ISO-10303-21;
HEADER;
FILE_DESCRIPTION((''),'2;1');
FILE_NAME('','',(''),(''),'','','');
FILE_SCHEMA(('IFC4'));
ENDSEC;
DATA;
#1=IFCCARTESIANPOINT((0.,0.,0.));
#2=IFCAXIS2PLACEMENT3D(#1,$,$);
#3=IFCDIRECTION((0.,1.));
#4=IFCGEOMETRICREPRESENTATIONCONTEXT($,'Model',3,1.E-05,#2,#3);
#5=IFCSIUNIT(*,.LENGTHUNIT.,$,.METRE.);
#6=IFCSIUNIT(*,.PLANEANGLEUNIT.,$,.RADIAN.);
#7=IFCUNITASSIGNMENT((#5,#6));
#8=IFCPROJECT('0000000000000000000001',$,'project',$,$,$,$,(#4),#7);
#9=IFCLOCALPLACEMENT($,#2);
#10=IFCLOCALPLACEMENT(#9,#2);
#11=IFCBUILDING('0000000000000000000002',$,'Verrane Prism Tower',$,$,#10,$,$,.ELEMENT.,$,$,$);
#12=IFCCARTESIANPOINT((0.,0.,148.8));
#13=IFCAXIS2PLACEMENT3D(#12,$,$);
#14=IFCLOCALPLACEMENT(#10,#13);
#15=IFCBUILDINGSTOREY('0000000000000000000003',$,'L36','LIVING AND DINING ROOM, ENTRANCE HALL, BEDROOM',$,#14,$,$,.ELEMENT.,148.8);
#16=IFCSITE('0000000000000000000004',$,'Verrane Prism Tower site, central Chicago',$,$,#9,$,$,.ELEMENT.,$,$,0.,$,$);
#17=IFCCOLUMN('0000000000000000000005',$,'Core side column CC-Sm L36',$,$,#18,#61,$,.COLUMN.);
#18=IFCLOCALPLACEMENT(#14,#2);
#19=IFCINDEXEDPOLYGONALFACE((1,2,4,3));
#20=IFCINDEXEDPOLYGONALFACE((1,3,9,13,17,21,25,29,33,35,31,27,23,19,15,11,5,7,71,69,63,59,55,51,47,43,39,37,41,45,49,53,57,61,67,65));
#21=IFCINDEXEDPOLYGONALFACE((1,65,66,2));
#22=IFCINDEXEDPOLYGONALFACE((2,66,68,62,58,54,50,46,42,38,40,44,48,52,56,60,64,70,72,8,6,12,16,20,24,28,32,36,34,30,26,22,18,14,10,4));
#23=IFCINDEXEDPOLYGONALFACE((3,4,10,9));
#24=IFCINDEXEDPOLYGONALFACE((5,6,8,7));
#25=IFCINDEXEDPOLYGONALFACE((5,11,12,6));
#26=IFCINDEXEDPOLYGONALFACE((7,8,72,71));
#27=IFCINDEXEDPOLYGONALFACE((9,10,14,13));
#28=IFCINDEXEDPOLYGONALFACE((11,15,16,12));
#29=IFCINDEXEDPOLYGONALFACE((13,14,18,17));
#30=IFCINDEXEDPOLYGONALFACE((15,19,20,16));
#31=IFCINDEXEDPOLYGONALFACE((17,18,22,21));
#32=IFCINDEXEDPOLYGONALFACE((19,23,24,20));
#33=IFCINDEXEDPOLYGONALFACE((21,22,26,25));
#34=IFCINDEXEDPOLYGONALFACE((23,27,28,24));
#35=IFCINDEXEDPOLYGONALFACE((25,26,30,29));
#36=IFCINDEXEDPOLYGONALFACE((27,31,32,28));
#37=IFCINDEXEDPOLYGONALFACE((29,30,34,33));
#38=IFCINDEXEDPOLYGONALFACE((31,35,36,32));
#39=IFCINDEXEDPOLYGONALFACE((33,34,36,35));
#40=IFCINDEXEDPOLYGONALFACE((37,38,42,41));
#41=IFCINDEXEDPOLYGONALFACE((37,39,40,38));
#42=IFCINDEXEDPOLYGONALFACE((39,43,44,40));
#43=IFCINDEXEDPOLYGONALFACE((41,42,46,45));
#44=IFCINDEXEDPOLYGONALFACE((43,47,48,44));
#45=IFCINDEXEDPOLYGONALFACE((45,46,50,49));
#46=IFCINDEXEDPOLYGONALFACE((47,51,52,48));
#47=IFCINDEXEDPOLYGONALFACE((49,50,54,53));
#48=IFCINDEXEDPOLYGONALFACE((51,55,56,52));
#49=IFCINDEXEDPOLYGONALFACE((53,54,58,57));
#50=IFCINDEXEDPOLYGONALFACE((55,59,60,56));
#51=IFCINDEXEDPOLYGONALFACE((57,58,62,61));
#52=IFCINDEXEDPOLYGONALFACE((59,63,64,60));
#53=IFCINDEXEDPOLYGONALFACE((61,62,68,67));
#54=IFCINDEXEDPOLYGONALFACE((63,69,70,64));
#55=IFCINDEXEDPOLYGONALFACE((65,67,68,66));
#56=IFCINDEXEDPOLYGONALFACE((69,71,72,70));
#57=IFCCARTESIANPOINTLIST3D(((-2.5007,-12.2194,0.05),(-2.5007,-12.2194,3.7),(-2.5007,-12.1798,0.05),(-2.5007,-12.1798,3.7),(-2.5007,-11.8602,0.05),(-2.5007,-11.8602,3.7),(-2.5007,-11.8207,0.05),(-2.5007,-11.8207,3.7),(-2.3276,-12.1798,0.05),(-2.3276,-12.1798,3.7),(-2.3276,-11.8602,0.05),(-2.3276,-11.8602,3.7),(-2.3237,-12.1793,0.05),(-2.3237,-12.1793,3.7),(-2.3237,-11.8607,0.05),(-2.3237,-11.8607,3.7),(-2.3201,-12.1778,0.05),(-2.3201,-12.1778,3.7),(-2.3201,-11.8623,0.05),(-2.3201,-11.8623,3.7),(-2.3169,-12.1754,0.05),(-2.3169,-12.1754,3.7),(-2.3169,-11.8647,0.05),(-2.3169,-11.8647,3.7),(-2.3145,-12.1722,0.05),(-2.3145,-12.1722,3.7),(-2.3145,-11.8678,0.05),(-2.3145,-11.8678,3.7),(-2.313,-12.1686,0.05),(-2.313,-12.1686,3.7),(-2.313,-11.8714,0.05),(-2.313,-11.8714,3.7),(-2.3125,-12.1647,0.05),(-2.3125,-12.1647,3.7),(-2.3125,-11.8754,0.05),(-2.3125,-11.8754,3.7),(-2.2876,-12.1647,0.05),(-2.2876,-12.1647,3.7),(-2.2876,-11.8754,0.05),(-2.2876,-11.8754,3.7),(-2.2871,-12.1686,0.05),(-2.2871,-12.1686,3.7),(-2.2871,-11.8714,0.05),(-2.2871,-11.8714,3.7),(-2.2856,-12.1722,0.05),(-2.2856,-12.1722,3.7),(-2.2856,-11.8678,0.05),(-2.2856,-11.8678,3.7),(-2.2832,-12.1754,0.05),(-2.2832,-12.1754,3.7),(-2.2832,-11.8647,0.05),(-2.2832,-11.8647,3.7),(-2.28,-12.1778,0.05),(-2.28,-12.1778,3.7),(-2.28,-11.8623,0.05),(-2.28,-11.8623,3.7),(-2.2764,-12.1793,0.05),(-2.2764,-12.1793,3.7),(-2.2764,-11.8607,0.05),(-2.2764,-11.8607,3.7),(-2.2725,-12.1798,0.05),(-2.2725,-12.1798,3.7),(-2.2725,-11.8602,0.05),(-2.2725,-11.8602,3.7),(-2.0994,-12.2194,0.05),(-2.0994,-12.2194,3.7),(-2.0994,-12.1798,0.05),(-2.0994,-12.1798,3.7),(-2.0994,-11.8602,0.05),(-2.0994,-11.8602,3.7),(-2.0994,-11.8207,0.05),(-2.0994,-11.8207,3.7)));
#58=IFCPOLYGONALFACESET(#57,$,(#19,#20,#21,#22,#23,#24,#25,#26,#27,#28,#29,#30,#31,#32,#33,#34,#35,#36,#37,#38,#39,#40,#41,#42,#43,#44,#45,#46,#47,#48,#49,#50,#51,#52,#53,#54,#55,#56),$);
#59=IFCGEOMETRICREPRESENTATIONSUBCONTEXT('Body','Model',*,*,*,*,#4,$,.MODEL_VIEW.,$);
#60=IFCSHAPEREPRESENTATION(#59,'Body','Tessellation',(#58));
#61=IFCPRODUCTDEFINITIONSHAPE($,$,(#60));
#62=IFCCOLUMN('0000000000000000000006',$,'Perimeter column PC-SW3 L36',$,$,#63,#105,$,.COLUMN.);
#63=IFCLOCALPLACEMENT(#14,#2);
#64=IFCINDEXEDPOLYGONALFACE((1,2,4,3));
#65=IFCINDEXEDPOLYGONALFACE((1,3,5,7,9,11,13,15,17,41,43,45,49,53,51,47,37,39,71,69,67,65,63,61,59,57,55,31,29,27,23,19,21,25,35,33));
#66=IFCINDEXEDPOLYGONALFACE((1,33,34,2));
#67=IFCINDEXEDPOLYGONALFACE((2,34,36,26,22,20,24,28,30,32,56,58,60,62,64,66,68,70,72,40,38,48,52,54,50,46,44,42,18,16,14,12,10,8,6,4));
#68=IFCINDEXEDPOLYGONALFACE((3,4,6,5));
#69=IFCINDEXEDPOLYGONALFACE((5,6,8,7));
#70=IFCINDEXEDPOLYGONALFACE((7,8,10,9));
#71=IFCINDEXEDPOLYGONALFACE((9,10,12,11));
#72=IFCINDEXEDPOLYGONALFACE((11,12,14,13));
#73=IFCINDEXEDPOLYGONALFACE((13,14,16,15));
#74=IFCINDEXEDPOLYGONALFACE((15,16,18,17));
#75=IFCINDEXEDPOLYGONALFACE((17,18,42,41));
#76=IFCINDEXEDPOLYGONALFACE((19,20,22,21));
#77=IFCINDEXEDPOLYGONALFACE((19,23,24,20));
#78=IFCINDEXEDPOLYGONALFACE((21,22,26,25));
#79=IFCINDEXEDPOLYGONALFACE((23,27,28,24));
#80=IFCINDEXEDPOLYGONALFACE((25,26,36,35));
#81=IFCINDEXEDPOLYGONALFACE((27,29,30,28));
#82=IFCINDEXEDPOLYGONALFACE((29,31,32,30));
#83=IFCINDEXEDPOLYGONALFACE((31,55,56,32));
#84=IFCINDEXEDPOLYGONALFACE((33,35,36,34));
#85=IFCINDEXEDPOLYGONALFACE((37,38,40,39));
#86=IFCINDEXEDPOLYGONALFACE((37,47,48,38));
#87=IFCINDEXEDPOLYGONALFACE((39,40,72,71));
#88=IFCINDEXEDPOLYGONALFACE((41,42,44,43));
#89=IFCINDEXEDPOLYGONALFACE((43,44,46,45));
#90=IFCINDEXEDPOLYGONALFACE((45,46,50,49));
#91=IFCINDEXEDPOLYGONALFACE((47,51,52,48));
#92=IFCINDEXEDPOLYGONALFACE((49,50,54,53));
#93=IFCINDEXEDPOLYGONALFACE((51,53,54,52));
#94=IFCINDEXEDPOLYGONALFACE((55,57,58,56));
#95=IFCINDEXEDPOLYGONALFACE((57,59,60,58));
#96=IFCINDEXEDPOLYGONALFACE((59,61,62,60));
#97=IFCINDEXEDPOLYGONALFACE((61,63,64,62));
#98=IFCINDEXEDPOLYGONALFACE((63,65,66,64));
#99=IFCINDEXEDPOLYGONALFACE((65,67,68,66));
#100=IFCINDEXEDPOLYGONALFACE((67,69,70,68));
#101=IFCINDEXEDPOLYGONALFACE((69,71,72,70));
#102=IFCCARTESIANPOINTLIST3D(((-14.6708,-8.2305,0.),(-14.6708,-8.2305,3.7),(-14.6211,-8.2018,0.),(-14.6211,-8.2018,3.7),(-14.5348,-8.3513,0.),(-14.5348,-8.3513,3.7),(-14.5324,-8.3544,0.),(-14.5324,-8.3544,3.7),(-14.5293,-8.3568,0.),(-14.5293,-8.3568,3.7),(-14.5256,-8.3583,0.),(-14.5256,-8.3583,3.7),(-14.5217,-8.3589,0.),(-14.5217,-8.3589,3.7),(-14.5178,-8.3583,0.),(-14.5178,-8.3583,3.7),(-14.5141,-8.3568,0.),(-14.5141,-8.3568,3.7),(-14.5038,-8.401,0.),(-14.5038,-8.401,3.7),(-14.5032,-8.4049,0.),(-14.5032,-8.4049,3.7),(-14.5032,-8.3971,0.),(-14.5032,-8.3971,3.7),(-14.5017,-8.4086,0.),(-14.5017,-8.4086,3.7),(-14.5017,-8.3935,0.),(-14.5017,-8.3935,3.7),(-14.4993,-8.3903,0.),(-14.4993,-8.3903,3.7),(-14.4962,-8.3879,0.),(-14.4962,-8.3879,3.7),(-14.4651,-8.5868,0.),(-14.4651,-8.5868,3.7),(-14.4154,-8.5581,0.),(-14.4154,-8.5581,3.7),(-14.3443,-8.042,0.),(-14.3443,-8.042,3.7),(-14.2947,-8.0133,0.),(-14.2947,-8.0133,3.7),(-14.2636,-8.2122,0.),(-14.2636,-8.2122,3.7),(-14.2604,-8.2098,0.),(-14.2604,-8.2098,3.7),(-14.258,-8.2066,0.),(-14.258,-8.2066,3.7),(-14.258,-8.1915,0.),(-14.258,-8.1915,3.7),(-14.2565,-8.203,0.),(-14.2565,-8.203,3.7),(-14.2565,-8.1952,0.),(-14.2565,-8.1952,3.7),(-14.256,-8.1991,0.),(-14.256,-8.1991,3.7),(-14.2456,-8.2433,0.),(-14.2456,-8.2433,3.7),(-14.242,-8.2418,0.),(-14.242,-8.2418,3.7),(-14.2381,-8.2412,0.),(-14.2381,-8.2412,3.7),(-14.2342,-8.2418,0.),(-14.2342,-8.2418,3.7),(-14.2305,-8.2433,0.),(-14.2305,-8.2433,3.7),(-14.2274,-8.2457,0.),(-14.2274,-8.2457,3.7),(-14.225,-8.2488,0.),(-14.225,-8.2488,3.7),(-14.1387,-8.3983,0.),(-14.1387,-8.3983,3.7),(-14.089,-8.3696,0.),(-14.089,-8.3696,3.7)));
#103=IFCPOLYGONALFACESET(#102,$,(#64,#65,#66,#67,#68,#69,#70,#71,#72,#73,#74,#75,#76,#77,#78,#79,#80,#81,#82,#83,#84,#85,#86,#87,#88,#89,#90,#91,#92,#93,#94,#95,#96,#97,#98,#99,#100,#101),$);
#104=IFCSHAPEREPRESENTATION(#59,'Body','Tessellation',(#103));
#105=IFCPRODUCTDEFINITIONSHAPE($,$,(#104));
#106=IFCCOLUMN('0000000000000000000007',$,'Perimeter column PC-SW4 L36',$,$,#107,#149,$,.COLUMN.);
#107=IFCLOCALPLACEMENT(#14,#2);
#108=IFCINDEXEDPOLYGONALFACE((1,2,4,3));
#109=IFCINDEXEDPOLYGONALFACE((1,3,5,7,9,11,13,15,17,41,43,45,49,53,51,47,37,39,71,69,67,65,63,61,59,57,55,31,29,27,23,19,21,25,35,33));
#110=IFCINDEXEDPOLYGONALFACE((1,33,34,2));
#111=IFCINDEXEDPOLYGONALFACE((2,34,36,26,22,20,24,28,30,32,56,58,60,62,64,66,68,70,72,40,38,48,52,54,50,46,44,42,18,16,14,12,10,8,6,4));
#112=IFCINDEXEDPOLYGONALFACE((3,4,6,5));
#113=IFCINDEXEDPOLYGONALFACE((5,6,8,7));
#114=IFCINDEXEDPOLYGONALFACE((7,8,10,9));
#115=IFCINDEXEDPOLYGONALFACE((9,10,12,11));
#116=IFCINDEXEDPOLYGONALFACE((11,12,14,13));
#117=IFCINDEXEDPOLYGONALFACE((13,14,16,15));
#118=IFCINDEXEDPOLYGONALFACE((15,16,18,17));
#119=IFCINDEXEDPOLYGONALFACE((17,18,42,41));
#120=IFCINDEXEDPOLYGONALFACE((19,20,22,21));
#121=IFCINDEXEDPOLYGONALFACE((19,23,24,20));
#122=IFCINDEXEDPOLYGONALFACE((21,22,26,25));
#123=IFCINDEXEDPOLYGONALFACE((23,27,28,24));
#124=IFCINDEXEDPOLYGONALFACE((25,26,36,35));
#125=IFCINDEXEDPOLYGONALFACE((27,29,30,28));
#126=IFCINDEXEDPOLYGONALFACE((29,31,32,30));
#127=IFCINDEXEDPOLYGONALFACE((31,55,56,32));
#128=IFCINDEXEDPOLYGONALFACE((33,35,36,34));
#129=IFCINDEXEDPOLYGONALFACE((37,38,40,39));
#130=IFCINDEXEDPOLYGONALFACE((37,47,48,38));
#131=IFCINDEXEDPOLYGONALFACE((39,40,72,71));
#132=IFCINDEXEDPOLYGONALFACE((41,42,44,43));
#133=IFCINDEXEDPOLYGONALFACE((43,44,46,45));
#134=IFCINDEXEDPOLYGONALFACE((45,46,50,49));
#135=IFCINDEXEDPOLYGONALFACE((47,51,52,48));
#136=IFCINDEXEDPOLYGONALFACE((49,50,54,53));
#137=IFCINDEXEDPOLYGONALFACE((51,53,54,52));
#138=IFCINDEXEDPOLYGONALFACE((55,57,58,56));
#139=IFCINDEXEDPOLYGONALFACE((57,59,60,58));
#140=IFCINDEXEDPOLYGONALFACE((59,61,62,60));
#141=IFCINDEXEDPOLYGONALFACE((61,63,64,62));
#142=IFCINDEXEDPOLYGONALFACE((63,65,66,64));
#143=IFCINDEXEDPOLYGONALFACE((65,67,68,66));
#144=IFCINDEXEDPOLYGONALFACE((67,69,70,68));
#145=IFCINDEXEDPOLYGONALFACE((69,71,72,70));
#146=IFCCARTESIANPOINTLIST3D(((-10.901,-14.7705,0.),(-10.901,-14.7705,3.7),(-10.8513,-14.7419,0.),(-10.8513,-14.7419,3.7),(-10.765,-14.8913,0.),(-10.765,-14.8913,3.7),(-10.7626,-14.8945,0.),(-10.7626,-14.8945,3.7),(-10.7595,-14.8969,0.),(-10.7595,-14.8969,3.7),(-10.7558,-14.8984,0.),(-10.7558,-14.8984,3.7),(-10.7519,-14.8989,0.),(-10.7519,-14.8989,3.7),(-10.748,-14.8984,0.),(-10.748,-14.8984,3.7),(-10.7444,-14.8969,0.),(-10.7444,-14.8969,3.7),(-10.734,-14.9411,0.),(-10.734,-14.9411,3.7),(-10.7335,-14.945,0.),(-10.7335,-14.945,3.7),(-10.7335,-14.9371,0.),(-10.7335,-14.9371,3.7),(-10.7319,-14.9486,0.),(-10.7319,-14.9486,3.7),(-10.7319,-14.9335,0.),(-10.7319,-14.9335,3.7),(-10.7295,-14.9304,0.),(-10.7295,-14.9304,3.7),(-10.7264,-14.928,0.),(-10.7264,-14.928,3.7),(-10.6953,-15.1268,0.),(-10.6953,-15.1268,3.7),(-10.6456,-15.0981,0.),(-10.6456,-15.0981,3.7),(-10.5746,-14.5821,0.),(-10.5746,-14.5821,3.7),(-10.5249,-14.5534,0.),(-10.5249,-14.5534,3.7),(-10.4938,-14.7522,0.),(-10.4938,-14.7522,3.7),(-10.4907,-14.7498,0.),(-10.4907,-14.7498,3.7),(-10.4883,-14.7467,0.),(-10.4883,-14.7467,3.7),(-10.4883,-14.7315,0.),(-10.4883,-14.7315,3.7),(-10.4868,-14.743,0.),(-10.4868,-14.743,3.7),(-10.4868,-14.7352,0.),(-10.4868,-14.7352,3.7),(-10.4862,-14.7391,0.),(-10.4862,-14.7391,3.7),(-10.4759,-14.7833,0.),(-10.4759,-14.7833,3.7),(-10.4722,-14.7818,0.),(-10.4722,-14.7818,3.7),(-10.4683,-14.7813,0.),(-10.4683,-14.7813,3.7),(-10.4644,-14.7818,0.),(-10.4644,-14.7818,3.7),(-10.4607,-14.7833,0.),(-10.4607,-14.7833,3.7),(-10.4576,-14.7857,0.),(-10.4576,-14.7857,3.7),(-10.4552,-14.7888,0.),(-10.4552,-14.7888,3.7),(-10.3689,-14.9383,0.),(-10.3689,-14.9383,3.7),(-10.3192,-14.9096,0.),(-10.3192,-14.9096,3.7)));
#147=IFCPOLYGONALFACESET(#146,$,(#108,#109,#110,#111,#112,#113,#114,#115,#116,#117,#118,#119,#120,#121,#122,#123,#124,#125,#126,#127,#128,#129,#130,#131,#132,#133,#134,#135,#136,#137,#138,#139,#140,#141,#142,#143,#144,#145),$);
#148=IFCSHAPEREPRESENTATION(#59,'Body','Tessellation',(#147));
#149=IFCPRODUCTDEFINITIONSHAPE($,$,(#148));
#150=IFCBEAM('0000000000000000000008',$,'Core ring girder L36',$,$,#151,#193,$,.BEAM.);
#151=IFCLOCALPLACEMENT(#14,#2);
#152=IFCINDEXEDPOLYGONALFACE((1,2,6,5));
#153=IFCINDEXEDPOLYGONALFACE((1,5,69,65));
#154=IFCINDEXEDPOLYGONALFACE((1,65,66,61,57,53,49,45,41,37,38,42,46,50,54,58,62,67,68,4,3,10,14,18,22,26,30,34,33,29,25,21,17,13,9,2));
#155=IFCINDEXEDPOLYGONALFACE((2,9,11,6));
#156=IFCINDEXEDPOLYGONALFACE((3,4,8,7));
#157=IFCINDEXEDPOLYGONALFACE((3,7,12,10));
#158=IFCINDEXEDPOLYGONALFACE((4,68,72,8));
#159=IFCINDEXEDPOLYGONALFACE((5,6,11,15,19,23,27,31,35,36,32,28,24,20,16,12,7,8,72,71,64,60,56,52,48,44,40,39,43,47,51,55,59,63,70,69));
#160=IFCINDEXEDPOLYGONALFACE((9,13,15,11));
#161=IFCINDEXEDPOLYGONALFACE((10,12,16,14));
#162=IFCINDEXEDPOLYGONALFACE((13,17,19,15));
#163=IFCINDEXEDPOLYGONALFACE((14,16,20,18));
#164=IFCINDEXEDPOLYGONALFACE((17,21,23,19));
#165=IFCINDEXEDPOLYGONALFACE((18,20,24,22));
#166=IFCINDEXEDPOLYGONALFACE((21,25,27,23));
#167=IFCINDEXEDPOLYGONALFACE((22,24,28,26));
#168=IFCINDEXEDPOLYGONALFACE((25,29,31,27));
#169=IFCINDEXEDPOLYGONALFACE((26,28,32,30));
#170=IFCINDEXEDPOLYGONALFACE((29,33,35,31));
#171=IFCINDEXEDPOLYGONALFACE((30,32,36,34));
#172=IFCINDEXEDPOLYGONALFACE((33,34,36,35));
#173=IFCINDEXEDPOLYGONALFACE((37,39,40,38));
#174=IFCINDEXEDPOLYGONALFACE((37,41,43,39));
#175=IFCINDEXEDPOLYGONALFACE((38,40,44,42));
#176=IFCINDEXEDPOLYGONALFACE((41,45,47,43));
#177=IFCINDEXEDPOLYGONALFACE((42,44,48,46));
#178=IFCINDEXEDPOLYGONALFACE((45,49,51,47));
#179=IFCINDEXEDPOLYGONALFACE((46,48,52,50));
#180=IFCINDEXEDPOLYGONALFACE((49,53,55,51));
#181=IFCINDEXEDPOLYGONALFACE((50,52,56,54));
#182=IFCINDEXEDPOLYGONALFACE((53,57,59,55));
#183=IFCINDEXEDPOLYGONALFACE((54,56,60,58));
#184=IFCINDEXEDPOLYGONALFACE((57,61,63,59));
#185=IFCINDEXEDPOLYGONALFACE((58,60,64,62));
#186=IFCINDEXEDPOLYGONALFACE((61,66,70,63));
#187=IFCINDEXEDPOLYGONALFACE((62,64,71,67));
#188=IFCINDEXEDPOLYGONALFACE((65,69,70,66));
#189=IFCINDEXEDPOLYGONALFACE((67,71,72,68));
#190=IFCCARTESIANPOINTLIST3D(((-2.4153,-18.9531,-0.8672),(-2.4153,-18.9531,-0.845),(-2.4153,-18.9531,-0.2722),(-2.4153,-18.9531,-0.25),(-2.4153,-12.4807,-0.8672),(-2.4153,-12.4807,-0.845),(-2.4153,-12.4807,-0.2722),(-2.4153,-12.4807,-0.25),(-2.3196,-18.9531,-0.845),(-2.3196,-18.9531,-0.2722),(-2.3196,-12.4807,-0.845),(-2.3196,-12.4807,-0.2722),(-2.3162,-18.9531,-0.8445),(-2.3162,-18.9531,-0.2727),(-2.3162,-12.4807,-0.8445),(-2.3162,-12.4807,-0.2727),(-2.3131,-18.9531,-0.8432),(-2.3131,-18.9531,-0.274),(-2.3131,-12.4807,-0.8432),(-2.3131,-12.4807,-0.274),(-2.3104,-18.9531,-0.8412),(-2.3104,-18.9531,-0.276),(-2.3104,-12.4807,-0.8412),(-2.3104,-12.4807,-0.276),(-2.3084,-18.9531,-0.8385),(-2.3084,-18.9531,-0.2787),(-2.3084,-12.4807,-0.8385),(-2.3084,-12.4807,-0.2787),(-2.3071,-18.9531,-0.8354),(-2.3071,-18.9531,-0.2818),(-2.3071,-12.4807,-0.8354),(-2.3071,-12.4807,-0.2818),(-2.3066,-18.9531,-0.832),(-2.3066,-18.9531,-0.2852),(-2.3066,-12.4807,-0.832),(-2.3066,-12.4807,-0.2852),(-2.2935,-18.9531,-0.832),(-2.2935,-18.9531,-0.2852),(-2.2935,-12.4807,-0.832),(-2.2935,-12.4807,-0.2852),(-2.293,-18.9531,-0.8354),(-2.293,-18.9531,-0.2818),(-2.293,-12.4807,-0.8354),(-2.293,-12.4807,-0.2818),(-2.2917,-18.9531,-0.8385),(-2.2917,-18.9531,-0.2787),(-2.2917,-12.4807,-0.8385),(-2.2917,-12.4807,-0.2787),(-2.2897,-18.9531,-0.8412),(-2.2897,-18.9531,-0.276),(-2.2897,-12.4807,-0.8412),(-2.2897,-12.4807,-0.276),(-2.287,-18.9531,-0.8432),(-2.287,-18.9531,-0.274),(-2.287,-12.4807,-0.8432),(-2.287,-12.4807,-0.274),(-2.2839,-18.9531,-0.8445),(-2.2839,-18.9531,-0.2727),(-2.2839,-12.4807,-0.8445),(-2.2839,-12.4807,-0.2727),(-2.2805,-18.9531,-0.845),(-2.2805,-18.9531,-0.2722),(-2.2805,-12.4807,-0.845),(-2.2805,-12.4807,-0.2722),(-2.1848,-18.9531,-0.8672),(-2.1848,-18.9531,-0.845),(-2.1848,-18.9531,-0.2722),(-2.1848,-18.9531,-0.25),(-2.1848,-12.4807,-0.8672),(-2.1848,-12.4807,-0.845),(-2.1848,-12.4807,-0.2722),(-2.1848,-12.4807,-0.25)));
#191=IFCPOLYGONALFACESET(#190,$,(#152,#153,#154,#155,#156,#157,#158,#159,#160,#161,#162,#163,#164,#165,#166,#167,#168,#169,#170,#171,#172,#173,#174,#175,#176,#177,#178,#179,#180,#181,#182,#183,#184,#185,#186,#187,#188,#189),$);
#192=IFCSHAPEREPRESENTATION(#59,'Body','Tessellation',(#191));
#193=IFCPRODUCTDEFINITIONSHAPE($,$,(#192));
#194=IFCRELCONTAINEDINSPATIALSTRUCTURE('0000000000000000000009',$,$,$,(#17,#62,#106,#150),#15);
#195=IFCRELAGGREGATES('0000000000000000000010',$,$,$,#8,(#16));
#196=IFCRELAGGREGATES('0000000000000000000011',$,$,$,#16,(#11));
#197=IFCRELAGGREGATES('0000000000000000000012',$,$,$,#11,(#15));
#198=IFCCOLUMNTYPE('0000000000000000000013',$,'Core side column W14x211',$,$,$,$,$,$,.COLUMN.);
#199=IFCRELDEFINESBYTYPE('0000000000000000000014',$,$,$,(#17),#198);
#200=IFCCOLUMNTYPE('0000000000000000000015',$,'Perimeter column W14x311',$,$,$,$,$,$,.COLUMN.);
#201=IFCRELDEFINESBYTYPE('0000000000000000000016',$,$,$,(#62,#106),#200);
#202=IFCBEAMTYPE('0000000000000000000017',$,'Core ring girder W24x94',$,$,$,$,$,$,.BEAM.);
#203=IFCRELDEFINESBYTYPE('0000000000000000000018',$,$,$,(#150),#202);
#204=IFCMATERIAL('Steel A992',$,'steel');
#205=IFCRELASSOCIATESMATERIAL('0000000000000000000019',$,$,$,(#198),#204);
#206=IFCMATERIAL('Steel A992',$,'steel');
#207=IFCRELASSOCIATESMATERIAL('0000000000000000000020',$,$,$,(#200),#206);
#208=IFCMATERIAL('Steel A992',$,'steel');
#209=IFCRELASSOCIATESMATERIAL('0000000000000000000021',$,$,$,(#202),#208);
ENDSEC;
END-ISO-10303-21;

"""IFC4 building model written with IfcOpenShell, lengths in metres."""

from ifc_helpers import new_model, si_unit, direction, frame, origin, origin_2d, place, context, subcontext, project, spatial, i_section, extrude, material, material_profile, profile_set, type_object, element, save


model = new_model("IFC4")

# Units and contexts
model_context = context("Model", 3, precision=1e-05, world=origin(), true_north=direction((0.0, 1.0)))
body_context = subcontext(model_context, "Body", "Model", "MODEL_VIEW")
ifc_project = project(units=[si_unit("LENGTHUNIT", "METRE"), si_unit("PLANEANGLEUNIT", "RADIAN")], contexts=[model_context])

# Site, building, storey
site_placement = place(None, origin())
site = spatial("IfcSite", under=ifc_project, at=site_placement, Name="Verrane Prism Tower site, central Chicago", CompositionType="ELEMENT", RefElevation=0.0)
building_placement = place(site_placement, origin())
building = spatial("IfcBuilding", under=site, at=building_placement, Name="Verrane Prism Tower", CompositionType="ELEMENT")
storey_placement = place(building_placement, frame((0.0, 0.0, 148.8)))
storey = spatial("IfcBuildingStorey", under=building, at=storey_placement, Name="L36", Description="LIVING AND DINING ROOM, ENTRANCE HALL, BEDROOM", CompositionType="ELEMENT", Elevation=148.8)

# Columns
ifc_material_1 = material(Name="Steel A992", Category="steel")
ifc_material_profile_1 = material_profile(ifc_material_1, i_section(OverallWidth=0.4014, OverallDepth=0.3987, WebThickness=0.0249, FlangeThickness=0.0396, FilletRadius=0.0151, at=origin_2d()), Name="W14x211")
ifc_profile_set_1 = profile_set([ifc_material_profile_1], Name="Steel A992")
column_type_1 = type_object("IfcColumnType", Name="Core side column W14x211", PredefinedType="COLUMN", material=ifc_profile_set_1)
column_placement = place(storey_placement, frame((-2.3, -12.02, 0.05), z_axis=(0.0, 0.0, 1.0), x_axis=(1.0, 0.0, 0.0)))
element("IfcColumn", 1, at=column_placement, inside=storey, type_object=column_type_1, Name="Core side column CC-Sm L36", PredefinedType="COLUMN", context=body_context, shape_type="SweptSolid", body=[
    extrude(i_section(OverallWidth=0.4014, OverallDepth=0.3987, WebThickness=0.0249, FlangeThickness=0.0396, FilletRadius=0.0151, at=origin_2d()), origin(), (0.0, 0.0, 1.0), 3.6499),
])
ifc_material_2 = material(Name="Steel A992", Category="steel")
ifc_material_profile_2 = material_profile(ifc_material_2, i_section(OverallWidth=0.4114, OverallDepth=0.4343, WebThickness=0.0359, FlangeThickness=0.0574, FilletRadius=0.0151, at=origin_2d()), Name="W14x311")
ifc_profile_set_2 = profile_set([ifc_material_profile_2], Name="Steel A992")
column_type_2 = type_object("IfcColumnType", Name="Perimeter column W14x311", PredefinedType="COLUMN", material=ifc_profile_set_2)
for number, where, z_axis, x_axis, name in (
    (2, (-14.3799, -8.3, 0.0), (0.0, 0.0, 1.0), (-0.5, 0.866025, 0.0), "Perimeter column PC-SW3 L36"),
    (3, (-10.6101, -14.8401, 0.0), (0.0, 0.0, 1.0), (-0.5, 0.866025, 0.0), "Perimeter column PC-SW4 L36"),
):
    element("IfcColumn", number, at=place(storey_placement, frame(where, z_axis=z_axis, x_axis=x_axis)), inside=storey, type_object=column_type_2, Name=name, PredefinedType="COLUMN", context=body_context, shape_type="SweptSolid", body=[
        extrude(i_section(OverallWidth=0.4114, OverallDepth=0.4343, WebThickness=0.0359, FlangeThickness=0.0574, FilletRadius=0.0151, at=origin_2d()), origin(), (0.0, 0.0, 1.0), 3.7),
    ])

# Beam
ifc_material_3 = material(Name="Steel A992", Category="steel")
ifc_material_profile_3 = material_profile(ifc_material_3, i_section(OverallWidth=0.2305, OverallDepth=0.6172, WebThickness=0.0132, FlangeThickness=0.0222, FilletRadius=0.0129, at=origin_2d()), Name="W24x94")
ifc_profile_set_3 = profile_set([ifc_material_profile_3], Name="Steel A992")
beam_type_1 = type_object("IfcBeamType", Name="Core ring girder W24x94", PredefinedType="BEAM", material=ifc_profile_set_3)
beam_1_placement = place(storey_placement, frame((-2.3, -12.4807, -0.5586), z_axis=(0.0, -1.0, 0.0), x_axis=(1.0, 0.0, 0.0)))
element("IfcBeam", 4, at=beam_1_placement, inside=storey, type_object=beam_type_1, Name="Core ring girder L36", PredefinedType="BEAM", context=body_context, shape_type="SweptSolid", body=[
    extrude(i_section(OverallWidth=0.2305, OverallDepth=0.6172, WebThickness=0.0132, FlangeThickness=0.0222, FilletRadius=0.0129, at=origin_2d()), origin(), (0.0, 0.0, 1.0), 6.4724),
])

save(model, "model.ifc")
